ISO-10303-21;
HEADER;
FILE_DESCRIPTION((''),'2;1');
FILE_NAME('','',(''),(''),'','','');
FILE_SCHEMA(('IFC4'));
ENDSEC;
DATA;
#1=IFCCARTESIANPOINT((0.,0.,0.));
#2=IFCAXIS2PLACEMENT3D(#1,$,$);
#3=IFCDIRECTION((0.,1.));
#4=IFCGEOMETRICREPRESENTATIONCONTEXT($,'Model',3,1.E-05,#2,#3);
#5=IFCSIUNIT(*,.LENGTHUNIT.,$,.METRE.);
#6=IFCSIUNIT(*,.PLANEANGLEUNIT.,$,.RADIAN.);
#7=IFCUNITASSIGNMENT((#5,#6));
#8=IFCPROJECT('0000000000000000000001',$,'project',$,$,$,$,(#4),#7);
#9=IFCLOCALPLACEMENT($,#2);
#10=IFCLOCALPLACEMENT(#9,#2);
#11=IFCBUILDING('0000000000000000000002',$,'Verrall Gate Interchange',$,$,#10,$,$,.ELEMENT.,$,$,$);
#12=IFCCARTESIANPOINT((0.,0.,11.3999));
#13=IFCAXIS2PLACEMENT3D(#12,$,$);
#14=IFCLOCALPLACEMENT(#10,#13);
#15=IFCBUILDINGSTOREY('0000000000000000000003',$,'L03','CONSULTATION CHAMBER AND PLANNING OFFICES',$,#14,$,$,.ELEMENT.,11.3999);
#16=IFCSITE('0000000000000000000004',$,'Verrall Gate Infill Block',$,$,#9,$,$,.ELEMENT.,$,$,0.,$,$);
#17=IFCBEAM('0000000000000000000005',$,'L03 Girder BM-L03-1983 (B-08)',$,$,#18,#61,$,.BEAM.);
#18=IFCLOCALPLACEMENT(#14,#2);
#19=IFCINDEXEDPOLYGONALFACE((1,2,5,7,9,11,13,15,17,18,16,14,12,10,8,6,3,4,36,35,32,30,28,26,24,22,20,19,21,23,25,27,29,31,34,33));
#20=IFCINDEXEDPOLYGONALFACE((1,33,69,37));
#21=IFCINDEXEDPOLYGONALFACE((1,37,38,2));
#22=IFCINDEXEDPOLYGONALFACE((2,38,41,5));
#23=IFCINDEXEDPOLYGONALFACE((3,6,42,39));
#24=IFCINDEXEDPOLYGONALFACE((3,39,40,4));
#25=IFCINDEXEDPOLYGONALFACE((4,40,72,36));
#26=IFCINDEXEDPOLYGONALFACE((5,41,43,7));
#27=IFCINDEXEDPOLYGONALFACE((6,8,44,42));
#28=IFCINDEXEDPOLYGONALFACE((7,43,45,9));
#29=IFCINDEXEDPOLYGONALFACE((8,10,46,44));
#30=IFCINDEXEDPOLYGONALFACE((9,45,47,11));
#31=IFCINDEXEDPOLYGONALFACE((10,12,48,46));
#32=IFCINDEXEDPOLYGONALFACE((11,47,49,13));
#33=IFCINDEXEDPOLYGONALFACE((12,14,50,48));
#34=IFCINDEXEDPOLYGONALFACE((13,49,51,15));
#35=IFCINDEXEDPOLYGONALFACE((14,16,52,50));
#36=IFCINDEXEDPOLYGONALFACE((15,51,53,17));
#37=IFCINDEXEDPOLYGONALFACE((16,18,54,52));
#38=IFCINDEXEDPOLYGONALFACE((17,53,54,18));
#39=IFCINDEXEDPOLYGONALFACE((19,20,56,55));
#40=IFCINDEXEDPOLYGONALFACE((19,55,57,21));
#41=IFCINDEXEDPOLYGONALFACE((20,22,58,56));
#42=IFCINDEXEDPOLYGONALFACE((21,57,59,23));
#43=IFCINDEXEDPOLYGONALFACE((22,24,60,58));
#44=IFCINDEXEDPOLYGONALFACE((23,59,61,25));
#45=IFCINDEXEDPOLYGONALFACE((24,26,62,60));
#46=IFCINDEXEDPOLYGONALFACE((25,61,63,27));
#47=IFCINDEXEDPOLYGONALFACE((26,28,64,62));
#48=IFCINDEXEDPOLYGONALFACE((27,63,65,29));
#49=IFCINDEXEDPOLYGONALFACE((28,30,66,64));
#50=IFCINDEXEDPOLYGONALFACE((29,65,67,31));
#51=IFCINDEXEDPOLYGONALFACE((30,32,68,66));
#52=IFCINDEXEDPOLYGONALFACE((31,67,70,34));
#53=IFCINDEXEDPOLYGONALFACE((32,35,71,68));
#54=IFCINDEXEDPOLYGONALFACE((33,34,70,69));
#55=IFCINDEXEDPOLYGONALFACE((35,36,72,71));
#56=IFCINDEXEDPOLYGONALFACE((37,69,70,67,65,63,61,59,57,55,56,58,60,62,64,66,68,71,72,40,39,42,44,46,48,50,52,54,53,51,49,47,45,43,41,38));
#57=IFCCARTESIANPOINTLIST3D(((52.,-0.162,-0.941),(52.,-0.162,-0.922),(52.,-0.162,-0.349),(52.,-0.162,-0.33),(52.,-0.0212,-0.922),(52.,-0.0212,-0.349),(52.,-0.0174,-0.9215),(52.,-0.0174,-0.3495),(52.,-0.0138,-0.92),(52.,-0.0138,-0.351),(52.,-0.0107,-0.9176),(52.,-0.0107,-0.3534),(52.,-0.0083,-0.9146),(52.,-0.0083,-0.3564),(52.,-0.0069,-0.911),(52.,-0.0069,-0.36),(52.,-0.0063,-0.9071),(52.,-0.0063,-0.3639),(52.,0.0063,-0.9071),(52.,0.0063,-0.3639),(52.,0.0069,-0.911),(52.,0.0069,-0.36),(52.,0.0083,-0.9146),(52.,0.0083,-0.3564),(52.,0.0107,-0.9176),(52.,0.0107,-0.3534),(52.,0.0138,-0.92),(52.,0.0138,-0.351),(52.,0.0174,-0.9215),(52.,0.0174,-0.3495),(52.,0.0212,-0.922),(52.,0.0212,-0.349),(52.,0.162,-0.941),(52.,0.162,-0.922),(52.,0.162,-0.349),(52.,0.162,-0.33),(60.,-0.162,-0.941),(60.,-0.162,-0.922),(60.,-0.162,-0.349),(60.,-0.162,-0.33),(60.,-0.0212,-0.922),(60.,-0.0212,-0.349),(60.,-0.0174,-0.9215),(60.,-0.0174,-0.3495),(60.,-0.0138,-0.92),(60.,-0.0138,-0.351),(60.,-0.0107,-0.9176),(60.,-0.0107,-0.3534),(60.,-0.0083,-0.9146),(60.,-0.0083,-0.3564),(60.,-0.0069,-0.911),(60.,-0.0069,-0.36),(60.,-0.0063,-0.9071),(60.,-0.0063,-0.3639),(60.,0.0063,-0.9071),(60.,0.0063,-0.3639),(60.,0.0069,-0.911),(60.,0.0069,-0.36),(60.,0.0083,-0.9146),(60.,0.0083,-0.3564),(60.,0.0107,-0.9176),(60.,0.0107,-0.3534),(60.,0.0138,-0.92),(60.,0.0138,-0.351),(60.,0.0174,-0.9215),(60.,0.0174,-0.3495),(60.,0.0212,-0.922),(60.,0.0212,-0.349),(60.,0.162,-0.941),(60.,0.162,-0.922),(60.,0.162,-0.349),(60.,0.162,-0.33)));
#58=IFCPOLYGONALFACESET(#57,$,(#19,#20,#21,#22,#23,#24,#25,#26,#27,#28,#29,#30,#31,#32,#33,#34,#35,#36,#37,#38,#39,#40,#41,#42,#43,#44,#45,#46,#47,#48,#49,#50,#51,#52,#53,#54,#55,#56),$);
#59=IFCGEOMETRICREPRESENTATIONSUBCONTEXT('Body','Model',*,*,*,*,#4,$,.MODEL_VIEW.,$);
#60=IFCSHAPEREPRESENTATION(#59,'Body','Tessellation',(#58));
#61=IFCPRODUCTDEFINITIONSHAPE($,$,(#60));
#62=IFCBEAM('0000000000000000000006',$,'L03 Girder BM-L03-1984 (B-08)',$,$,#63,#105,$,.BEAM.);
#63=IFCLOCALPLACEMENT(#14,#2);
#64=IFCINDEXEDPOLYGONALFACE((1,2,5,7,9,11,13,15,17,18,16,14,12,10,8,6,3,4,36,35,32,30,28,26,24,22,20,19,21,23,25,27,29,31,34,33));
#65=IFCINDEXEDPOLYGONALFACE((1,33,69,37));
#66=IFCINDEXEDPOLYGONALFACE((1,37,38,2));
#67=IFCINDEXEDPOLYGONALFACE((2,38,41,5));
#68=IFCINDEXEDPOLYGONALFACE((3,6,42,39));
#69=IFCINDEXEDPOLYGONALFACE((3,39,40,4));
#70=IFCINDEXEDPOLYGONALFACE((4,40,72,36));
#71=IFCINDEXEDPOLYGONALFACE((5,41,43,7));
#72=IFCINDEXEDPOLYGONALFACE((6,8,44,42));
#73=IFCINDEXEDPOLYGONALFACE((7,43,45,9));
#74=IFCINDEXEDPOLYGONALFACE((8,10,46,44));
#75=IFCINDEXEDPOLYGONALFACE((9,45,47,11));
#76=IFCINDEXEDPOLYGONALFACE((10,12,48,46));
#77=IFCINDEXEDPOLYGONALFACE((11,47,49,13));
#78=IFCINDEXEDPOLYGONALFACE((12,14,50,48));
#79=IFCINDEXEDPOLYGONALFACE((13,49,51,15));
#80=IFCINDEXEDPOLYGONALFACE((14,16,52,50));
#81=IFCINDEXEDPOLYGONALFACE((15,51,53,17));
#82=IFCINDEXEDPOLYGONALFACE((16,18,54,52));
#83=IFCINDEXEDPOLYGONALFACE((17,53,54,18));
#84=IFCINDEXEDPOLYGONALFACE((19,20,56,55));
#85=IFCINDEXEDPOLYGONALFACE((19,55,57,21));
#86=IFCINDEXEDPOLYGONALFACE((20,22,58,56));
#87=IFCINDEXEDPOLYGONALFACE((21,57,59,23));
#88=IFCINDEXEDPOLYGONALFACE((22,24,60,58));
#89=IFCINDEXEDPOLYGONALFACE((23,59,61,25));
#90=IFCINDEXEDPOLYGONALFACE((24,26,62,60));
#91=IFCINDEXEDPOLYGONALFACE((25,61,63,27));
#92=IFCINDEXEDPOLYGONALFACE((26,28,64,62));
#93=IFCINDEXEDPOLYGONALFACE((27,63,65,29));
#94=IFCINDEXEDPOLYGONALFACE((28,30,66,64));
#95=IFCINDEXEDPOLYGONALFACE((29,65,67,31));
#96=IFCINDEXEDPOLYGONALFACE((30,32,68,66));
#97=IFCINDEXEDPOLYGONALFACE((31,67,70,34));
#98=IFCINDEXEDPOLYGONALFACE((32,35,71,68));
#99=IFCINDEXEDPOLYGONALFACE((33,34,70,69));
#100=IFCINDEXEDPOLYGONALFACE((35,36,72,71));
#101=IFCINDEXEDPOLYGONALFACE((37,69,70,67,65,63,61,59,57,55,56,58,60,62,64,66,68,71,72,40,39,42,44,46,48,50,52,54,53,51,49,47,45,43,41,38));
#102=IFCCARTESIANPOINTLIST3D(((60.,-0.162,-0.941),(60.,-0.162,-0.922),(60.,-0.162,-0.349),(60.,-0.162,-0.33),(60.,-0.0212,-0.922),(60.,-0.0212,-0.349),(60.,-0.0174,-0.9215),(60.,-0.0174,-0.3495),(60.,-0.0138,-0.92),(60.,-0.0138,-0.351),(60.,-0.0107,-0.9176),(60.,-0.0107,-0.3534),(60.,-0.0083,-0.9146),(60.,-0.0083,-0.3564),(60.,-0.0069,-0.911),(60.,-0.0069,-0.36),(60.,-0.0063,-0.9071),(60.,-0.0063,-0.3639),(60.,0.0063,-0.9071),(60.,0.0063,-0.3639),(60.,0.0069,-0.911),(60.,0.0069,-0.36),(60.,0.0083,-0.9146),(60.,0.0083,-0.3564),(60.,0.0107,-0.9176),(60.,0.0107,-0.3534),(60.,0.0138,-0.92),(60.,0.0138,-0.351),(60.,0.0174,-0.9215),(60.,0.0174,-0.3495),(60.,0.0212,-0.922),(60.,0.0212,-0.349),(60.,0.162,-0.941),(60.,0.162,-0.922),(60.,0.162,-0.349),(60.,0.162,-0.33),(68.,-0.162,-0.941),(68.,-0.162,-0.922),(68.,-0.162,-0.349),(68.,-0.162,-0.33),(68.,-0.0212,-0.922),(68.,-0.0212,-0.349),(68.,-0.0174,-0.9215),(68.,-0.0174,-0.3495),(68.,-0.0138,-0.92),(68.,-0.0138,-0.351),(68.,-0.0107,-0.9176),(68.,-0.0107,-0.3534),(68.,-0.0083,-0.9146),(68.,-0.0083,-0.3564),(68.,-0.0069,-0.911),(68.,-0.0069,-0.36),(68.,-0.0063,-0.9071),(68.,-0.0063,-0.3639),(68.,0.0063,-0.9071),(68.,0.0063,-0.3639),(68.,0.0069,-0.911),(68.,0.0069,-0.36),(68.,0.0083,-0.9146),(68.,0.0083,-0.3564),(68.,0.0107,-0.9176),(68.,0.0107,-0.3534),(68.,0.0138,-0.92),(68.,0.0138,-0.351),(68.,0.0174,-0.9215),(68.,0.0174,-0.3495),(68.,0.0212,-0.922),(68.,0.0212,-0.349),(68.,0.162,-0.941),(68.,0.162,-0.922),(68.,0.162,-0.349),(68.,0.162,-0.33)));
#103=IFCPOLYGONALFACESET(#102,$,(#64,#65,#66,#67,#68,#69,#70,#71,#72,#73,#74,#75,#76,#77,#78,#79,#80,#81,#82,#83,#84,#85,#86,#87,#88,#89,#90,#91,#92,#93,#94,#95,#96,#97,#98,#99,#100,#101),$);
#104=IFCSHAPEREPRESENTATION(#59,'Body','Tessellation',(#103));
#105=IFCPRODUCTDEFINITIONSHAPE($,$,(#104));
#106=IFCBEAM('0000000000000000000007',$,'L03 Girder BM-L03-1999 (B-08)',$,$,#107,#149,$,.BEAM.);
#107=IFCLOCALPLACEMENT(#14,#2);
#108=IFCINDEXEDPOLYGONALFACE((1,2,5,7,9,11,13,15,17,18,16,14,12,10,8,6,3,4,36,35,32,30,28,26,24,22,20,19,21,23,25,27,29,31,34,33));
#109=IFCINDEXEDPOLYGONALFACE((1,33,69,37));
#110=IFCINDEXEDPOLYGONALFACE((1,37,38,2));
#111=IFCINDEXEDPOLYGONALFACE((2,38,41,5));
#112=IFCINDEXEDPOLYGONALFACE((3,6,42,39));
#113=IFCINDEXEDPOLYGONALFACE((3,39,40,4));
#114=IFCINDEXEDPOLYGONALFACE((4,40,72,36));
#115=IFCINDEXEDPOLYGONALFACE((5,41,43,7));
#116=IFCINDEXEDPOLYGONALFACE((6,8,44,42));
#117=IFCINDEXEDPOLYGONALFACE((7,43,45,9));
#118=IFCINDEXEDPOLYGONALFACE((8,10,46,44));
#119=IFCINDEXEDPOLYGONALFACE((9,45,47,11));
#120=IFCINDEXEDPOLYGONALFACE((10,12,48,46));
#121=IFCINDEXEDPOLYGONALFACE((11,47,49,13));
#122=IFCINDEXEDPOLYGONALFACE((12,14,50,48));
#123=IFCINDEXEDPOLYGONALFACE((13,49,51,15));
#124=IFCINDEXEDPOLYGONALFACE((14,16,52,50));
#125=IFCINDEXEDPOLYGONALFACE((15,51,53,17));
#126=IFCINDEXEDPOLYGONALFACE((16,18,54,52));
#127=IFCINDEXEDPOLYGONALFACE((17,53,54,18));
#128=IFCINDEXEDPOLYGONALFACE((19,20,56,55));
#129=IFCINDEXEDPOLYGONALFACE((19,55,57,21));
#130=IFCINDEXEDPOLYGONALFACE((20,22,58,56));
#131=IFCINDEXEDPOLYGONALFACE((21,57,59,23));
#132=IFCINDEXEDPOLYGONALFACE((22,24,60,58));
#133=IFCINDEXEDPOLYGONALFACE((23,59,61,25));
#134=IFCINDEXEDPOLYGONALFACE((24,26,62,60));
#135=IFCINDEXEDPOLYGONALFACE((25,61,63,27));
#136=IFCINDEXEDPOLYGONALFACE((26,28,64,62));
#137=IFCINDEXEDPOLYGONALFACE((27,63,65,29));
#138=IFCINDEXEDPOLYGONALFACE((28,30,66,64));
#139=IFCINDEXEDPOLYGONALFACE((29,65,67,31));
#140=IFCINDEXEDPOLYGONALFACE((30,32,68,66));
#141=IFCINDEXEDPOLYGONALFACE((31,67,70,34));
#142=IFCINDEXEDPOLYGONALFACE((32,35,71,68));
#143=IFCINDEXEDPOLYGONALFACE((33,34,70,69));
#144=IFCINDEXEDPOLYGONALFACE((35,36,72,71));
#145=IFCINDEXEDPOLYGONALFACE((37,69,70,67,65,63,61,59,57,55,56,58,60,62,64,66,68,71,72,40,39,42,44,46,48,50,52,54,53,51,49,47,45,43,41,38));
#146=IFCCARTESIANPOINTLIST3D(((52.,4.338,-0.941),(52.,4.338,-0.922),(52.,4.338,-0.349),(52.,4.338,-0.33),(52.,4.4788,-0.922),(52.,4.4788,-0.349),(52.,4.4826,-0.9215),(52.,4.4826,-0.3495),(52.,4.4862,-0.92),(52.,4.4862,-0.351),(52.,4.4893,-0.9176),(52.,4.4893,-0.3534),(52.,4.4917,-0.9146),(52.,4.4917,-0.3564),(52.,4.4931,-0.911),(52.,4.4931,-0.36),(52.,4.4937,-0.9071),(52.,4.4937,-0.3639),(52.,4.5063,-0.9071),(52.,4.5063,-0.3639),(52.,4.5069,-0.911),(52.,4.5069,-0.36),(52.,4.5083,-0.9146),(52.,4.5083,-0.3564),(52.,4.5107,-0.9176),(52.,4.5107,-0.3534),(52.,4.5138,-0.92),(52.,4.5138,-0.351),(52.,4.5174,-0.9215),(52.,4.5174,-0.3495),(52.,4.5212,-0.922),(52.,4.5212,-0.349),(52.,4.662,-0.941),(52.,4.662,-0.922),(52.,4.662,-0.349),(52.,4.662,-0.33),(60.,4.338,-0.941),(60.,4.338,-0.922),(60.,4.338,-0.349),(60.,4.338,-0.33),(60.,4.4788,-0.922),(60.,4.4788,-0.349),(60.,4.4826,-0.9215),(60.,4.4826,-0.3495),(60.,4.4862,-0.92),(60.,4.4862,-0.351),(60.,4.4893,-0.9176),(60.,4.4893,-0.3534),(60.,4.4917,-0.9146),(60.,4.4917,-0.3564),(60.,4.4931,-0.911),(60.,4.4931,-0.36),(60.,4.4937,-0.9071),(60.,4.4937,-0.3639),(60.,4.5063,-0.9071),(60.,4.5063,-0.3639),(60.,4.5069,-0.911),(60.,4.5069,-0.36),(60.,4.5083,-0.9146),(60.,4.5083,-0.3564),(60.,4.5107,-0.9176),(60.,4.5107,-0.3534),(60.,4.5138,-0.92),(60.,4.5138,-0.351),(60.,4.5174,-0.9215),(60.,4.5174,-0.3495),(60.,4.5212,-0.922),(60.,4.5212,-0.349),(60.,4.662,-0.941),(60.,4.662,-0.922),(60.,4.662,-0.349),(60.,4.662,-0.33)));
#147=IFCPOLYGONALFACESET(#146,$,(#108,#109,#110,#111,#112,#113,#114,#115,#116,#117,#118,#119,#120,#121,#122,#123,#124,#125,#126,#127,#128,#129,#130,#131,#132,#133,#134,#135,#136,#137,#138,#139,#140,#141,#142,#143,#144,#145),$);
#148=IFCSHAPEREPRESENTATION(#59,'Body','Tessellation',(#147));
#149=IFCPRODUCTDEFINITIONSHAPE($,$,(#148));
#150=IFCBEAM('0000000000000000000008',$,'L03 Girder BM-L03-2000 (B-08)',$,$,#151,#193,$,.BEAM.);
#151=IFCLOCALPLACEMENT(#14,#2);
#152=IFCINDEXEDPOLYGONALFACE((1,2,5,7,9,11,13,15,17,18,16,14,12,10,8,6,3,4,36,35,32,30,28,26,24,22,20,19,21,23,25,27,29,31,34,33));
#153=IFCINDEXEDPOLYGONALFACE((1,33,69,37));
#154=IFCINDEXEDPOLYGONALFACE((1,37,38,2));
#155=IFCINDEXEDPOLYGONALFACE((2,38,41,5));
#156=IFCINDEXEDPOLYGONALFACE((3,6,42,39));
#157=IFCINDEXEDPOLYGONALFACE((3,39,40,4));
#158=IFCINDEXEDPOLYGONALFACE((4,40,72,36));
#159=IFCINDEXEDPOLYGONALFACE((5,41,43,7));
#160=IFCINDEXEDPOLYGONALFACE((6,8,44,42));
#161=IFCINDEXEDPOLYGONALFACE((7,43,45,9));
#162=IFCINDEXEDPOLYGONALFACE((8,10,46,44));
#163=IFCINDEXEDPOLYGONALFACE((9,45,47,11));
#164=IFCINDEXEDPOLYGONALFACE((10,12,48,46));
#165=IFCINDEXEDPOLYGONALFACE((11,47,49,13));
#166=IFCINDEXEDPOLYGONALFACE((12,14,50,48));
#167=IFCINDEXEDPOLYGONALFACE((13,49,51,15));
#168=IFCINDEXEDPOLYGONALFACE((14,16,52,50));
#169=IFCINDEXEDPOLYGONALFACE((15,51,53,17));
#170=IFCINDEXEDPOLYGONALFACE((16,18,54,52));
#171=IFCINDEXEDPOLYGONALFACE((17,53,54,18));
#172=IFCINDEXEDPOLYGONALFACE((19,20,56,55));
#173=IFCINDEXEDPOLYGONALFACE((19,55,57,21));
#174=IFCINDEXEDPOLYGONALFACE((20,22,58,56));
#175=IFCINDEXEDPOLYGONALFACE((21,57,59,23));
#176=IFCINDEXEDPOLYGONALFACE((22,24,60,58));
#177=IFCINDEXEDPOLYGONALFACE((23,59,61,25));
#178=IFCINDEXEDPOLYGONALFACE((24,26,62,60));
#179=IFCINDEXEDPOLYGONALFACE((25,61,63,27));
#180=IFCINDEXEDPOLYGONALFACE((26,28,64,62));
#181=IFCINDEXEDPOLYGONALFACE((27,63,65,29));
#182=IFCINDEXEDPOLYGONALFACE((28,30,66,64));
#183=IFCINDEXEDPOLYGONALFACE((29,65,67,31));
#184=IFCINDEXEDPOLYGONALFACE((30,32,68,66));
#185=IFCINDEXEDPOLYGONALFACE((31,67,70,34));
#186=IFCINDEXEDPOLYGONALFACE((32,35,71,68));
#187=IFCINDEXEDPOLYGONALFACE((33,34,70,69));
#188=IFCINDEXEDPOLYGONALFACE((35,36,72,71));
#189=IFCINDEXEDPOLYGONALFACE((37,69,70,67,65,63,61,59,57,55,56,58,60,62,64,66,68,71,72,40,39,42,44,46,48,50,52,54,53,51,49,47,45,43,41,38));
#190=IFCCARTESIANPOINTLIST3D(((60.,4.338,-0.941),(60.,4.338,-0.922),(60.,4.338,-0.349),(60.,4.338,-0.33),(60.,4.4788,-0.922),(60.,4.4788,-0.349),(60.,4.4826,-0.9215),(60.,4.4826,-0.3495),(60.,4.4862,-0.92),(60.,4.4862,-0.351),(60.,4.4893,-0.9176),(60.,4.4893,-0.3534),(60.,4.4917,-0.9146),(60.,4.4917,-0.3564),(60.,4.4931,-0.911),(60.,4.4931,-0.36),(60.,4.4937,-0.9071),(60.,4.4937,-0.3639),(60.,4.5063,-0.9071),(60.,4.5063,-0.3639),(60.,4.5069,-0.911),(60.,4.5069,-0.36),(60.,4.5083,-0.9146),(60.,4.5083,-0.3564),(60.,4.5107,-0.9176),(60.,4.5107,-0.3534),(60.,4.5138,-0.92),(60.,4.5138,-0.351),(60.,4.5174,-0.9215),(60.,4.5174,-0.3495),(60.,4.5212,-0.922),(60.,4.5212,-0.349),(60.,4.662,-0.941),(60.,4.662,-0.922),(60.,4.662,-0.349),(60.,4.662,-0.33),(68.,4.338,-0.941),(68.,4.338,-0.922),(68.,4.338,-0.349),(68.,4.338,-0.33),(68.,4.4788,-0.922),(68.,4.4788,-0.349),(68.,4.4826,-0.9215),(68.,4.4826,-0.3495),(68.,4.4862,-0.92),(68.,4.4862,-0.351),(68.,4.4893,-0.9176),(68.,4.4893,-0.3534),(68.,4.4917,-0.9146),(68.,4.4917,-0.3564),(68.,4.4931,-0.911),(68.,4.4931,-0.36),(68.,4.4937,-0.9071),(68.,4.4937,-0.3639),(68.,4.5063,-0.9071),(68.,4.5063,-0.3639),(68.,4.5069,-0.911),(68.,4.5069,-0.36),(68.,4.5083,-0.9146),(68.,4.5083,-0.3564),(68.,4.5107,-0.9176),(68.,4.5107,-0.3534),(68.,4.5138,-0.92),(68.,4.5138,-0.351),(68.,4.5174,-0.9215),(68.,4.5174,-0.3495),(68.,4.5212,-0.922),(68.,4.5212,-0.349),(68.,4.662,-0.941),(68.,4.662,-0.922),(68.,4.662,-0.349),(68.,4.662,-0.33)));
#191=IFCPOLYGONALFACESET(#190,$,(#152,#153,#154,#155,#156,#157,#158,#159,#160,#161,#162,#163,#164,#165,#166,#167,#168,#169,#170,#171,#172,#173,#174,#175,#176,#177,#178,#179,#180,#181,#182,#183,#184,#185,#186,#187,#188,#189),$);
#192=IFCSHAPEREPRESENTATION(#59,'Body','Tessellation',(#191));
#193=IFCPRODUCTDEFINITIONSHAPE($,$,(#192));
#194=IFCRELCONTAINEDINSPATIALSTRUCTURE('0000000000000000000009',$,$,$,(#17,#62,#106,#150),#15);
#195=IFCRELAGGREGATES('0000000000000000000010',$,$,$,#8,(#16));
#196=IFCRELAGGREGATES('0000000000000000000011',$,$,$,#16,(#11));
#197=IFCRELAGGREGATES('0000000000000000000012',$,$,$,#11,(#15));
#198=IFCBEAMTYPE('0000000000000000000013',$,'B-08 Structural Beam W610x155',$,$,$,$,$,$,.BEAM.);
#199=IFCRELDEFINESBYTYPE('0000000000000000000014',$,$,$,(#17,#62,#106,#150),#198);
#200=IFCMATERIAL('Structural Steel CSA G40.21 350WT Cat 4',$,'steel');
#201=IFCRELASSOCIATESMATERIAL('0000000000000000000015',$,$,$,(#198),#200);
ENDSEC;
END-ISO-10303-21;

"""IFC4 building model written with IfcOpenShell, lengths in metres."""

from ifc_helpers import new_model, si_unit, direction, frame, origin, origin_2d, place, context, subcontext, project, spatial, i_section, extrude, material, material_profile, profile_set, type_object, element, save


model = new_model("IFC4")

# Units and contexts
model_context = context("Model", 3, precision=1e-05, world=origin(), true_north=direction((0.0, 1.0)))
body_context = subcontext(model_context, "Body", "Model", "MODEL_VIEW")
ifc_project = project(units=[si_unit("LENGTHUNIT", "METRE"), si_unit("PLANEANGLEUNIT", "RADIAN")], contexts=[model_context])

# Site, building, storey
site_placement = place(None, origin())
site = spatial("IfcSite", under=ifc_project, at=site_placement, Name="Verrall Gate Infill Block", CompositionType="ELEMENT", RefElevation=0.0)
building_placement = place(site_placement, origin())
building = spatial("IfcBuilding", under=site, at=building_placement, Name="Verrall Gate Interchange", CompositionType="ELEMENT")
storey_placement = place(building_placement, frame((0.0, 0.0, 11.3999)))
storey = spatial("IfcBuildingStorey", under=building, at=storey_placement, Name="L03", Description="CONSULTATION CHAMBER AND PLANNING OFFICES", CompositionType="ELEMENT", Elevation=11.3999)

# Beams
ifc_material_1 = material(Name="Structural Steel CSA G40.21 350WT Cat 4", Category="steel")
ifc_material_profile_1 = material_profile(ifc_material_1, i_section(OverallWidth=0.324, OverallDepth=0.6111, WebThickness=0.0127, FlangeThickness=0.019, FilletRadius=0.0149, at=origin_2d()), Name="W610x155")
ifc_profile_set_1 = profile_set([ifc_material_profile_1], Name="Structural Steel CSA G40.21 350WT Cat 4")
beam_type_1 = type_object("IfcBeamType", Name="B-08 Structural Beam W610x155", PredefinedType="BEAM", material=ifc_profile_set_1)
for number, where, z_axis, x_axis, name in (
    (1, (52.0, 0.0, -0.6355), (1.0, 0.0, 0.0), (0.0, 1.0, 0.0), "L03 Girder BM-L03-1983 (B-08)"),
    (2, (60.0, 0.0, -0.6355), (1.0, 0.0, 0.0), (0.0, 1.0, 0.0), "L03 Girder BM-L03-1984 (B-08)"),
    (3, (52.0, 4.5, -0.6355), (1.0, 0.0, 0.0), (0.0, 1.0, 0.0), "L03 Girder BM-L03-1999 (B-08)"),
    (4, (60.0, 4.5, -0.6355), (1.0, 0.0, 0.0), (0.0, 1.0, 0.0), "L03 Girder BM-L03-2000 (B-08)"),
):
    element("IfcBeam", number, at=place(storey_placement, frame(where, z_axis=z_axis, x_axis=x_axis)), inside=storey, type_object=beam_type_1, Name=name, PredefinedType="BEAM", context=body_context, shape_type="SweptSolid", body=[
        extrude(i_section(OverallWidth=0.324, OverallDepth=0.6111, WebThickness=0.0127, FlangeThickness=0.019, FilletRadius=0.0149, at=origin_2d()), origin(), (0.0, 0.0, 1.0), 8.0),
    ])

save(model, "model.ifc")
